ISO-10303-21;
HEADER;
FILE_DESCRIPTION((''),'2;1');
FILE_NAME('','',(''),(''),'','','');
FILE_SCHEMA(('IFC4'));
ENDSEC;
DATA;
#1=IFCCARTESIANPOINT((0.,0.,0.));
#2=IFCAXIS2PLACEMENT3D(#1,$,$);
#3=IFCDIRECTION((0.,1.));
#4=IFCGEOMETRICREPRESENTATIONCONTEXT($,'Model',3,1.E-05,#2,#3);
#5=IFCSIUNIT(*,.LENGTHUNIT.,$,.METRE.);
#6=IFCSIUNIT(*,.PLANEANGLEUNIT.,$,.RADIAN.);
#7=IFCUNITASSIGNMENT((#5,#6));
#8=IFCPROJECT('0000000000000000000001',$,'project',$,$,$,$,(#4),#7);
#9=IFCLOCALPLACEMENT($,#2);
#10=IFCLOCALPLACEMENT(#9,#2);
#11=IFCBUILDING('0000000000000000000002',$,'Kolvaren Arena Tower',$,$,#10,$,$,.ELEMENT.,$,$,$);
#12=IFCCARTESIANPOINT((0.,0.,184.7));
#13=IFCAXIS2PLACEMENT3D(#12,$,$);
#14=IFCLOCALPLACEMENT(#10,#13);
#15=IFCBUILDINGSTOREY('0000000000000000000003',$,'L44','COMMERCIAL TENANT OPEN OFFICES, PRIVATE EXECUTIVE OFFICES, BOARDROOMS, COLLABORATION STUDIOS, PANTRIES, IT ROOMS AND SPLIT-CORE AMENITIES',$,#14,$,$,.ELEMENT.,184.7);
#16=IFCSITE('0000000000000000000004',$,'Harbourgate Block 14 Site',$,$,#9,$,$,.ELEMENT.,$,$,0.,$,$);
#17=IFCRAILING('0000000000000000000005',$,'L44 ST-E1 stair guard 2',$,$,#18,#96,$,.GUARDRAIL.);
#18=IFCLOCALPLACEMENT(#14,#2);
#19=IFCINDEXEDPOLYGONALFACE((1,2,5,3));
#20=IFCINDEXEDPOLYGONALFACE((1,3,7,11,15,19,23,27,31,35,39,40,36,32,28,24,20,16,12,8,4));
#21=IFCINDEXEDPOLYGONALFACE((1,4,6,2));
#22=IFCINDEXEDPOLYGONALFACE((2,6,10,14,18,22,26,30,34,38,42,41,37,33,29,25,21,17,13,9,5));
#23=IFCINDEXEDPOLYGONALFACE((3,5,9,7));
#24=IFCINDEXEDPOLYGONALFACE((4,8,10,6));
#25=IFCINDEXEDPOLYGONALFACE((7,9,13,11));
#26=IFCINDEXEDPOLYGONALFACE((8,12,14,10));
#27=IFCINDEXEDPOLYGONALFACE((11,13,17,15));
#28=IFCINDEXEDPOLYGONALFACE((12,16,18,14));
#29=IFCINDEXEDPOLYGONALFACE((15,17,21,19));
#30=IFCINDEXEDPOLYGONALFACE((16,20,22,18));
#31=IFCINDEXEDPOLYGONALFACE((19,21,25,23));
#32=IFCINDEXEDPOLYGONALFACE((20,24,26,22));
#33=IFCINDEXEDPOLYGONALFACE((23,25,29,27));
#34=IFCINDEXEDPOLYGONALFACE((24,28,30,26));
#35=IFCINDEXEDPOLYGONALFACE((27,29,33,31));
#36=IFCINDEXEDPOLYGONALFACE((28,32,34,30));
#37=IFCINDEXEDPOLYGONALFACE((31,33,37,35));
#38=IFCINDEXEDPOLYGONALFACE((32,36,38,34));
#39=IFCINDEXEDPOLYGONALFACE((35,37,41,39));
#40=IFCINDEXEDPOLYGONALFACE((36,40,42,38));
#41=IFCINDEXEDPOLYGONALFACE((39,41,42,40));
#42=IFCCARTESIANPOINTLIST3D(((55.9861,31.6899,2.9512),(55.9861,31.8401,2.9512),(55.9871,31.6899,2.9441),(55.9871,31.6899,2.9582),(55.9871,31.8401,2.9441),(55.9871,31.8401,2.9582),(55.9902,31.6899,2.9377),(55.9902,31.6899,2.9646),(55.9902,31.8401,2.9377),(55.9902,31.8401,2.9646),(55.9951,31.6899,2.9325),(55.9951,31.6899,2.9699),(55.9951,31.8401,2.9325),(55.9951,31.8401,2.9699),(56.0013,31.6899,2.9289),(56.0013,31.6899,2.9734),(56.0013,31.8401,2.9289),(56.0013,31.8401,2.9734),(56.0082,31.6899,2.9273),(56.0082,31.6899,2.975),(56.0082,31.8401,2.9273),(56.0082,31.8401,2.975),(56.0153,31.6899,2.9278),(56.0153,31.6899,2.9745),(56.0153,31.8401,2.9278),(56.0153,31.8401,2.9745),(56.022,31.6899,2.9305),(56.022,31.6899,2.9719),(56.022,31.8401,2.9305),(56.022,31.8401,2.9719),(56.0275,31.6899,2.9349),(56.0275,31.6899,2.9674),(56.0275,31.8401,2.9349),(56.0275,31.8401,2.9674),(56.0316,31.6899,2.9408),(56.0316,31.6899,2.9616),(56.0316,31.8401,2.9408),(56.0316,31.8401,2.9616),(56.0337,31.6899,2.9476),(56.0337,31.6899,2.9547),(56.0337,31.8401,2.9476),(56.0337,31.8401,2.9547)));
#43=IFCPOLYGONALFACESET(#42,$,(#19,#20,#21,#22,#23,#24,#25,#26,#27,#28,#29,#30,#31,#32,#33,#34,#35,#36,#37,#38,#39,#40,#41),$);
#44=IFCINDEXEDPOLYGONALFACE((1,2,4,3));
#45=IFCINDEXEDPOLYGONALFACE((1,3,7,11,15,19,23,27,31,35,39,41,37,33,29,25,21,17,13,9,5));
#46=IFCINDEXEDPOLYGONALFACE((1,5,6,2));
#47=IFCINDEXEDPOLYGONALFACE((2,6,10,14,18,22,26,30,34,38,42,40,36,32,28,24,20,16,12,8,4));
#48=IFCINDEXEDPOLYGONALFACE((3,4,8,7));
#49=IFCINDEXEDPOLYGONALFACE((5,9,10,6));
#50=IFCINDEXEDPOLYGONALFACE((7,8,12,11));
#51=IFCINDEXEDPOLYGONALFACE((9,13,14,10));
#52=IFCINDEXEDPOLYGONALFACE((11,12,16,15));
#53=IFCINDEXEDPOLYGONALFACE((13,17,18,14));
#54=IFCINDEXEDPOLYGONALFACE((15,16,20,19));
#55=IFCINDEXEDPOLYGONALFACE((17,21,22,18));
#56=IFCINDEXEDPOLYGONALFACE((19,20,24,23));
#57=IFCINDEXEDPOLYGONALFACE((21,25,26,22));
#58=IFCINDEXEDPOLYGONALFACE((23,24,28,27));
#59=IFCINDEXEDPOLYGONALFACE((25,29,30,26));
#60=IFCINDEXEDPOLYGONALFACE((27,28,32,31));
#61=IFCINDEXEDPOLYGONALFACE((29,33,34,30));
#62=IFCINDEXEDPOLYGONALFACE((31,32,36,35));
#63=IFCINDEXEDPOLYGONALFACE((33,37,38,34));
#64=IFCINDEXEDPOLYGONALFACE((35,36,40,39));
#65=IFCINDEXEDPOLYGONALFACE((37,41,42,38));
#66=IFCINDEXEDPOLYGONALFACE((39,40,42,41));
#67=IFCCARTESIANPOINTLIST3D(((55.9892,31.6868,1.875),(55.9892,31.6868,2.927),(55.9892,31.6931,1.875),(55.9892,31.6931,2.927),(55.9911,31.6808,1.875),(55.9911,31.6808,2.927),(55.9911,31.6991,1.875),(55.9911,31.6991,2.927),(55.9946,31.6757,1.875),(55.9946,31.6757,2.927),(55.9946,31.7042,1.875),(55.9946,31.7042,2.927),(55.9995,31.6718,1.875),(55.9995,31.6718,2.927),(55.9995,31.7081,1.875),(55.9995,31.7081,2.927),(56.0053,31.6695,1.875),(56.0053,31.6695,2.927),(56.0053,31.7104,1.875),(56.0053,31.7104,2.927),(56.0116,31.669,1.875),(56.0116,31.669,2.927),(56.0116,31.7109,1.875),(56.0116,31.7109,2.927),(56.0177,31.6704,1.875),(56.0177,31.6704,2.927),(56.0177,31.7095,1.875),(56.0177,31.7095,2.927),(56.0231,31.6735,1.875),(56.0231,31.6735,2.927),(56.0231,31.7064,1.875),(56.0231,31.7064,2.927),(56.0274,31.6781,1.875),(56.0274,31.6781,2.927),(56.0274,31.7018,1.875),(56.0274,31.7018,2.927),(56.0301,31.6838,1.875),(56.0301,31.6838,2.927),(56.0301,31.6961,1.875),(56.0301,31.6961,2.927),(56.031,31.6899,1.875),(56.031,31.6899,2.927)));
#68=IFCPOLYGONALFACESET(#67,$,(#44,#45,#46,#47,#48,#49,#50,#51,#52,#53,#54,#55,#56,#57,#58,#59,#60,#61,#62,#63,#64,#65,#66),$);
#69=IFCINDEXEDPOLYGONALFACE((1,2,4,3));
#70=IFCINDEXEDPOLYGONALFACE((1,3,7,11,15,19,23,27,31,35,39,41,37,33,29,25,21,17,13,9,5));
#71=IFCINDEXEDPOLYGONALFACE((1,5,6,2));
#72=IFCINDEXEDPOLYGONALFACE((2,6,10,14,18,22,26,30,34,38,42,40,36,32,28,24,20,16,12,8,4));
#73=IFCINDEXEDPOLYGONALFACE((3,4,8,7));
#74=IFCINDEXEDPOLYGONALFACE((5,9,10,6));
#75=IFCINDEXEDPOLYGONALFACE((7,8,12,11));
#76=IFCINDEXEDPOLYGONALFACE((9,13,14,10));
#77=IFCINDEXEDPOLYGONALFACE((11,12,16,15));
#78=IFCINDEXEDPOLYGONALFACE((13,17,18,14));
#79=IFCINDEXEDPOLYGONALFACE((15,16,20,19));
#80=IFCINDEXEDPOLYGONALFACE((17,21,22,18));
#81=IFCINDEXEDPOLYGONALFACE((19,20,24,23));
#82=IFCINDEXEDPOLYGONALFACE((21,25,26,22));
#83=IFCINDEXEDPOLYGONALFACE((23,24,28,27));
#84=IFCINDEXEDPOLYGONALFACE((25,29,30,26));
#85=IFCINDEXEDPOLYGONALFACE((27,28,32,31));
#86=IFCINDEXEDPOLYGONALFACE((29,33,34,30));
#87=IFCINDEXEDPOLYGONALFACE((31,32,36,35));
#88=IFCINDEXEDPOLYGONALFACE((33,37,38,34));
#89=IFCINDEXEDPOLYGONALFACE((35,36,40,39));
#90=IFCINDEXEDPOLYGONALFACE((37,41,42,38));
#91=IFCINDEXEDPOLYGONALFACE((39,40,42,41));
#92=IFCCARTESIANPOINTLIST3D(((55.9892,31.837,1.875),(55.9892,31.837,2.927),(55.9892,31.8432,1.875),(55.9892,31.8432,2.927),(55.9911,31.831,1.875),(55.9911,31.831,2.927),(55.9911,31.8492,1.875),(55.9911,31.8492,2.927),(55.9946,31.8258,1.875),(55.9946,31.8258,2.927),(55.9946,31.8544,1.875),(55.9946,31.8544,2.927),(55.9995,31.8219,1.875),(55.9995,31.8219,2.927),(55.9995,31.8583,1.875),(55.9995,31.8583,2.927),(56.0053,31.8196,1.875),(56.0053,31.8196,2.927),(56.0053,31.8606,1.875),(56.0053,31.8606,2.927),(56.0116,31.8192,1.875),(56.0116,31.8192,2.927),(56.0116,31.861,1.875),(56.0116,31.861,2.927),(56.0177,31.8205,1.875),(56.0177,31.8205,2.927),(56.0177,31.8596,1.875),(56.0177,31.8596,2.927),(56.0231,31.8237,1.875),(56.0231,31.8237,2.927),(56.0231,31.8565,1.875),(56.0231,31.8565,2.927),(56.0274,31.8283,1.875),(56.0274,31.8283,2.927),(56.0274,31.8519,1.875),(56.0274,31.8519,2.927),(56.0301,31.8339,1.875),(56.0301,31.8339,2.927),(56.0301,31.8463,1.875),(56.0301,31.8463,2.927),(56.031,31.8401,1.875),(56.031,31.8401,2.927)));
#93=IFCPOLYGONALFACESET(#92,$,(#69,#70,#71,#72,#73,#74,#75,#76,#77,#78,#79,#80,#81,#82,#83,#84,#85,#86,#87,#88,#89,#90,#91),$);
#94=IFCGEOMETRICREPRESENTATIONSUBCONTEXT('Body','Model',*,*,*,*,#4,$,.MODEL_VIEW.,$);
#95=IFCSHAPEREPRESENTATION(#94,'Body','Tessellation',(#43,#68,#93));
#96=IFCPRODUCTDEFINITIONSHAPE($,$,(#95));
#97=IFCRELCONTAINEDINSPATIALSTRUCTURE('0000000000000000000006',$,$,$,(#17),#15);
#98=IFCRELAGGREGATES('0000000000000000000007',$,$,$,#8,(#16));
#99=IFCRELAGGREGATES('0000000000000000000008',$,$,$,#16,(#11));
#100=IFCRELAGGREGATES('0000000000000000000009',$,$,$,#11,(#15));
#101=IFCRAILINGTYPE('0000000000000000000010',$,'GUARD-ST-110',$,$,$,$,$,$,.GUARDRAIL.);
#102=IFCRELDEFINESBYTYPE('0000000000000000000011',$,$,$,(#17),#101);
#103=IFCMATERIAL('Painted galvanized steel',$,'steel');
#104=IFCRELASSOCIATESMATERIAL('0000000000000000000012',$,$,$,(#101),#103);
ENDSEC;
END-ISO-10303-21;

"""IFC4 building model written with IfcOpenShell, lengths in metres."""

from ifc_helpers import new_model, si_unit, direction, frame, origin, origin_2d, place, context, subcontext, project, spatial, circle, extrude, material, type_object, element, save


model = new_model("IFC4")

# Units and contexts
model_context = context("Model", 3, precision=1e-05, world=origin(), true_north=direction((0.0, 1.0)))
body_context = subcontext(model_context, "Body", "Model", "MODEL_VIEW")
ifc_project = project(units=[si_unit("LENGTHUNIT", "METRE"), si_unit("PLANEANGLEUNIT", "RADIAN")], contexts=[model_context])

# Site, building, storey
site_placement = place(None, origin())
site = spatial("IfcSite", under=ifc_project, at=site_placement, Name="Harbourgate Block 14 Site", CompositionType="ELEMENT", RefElevation=0.0)
building_placement = place(site_placement, origin())
building = spatial("IfcBuilding", under=site, at=building_placement, Name="Kolvaren Arena Tower", CompositionType="ELEMENT")
storey_placement = place(building_placement, frame((0.0, 0.0, 184.7)))
storey = spatial("IfcBuildingStorey", under=building, at=storey_placement, Name="L44", Description="COMMERCIAL TENANT OPEN OFFICES, PRIVATE EXECUTIVE OFFICES, BOARDROOMS, COLLABORATION STUDIOS, PANTRIES, IT ROOMS AND SPLIT-CORE AMENITIES", CompositionType="ELEMENT", Elevation=184.7)

# Railing
ifc_material_1 = material(Name="Painted galvanized steel", Category="steel")
railing_type_1 = type_object("IfcRailingType", Name="GUARD-ST-110", PredefinedType="GUARDRAIL", material=ifc_material_1)
railing_1_placement = place(storey_placement, frame((56.01, 31.6899, 1.875)))
element("IfcRailing", 1, at=railing_1_placement, inside=storey, type_object=railing_type_1, Name="L44 ST-E1 stair guard 2", PredefinedType="GUARDRAIL", context=body_context, shape_type="SweptSolid", body=[
    extrude(circle(Radius=0.0239, at=origin_2d()), frame((0.0, 0.0, 1.0762), z_axis=(0.0, 1.0, 0.0), x_axis=(-1.0, 0.0, 0.0)), (0.0, 0.0, 1.0), 0.1501),
    extrude(circle(Radius=0.021, at=origin_2d()), origin(), (0.0, 0.0, 1.0), 1.052),
    extrude(circle(Radius=0.021, at=origin_2d()), frame((0.0, 0.1501, 0.0)), (0.0, 0.0, 1.0), 1.052),
])

save(model, "model.ifc")
